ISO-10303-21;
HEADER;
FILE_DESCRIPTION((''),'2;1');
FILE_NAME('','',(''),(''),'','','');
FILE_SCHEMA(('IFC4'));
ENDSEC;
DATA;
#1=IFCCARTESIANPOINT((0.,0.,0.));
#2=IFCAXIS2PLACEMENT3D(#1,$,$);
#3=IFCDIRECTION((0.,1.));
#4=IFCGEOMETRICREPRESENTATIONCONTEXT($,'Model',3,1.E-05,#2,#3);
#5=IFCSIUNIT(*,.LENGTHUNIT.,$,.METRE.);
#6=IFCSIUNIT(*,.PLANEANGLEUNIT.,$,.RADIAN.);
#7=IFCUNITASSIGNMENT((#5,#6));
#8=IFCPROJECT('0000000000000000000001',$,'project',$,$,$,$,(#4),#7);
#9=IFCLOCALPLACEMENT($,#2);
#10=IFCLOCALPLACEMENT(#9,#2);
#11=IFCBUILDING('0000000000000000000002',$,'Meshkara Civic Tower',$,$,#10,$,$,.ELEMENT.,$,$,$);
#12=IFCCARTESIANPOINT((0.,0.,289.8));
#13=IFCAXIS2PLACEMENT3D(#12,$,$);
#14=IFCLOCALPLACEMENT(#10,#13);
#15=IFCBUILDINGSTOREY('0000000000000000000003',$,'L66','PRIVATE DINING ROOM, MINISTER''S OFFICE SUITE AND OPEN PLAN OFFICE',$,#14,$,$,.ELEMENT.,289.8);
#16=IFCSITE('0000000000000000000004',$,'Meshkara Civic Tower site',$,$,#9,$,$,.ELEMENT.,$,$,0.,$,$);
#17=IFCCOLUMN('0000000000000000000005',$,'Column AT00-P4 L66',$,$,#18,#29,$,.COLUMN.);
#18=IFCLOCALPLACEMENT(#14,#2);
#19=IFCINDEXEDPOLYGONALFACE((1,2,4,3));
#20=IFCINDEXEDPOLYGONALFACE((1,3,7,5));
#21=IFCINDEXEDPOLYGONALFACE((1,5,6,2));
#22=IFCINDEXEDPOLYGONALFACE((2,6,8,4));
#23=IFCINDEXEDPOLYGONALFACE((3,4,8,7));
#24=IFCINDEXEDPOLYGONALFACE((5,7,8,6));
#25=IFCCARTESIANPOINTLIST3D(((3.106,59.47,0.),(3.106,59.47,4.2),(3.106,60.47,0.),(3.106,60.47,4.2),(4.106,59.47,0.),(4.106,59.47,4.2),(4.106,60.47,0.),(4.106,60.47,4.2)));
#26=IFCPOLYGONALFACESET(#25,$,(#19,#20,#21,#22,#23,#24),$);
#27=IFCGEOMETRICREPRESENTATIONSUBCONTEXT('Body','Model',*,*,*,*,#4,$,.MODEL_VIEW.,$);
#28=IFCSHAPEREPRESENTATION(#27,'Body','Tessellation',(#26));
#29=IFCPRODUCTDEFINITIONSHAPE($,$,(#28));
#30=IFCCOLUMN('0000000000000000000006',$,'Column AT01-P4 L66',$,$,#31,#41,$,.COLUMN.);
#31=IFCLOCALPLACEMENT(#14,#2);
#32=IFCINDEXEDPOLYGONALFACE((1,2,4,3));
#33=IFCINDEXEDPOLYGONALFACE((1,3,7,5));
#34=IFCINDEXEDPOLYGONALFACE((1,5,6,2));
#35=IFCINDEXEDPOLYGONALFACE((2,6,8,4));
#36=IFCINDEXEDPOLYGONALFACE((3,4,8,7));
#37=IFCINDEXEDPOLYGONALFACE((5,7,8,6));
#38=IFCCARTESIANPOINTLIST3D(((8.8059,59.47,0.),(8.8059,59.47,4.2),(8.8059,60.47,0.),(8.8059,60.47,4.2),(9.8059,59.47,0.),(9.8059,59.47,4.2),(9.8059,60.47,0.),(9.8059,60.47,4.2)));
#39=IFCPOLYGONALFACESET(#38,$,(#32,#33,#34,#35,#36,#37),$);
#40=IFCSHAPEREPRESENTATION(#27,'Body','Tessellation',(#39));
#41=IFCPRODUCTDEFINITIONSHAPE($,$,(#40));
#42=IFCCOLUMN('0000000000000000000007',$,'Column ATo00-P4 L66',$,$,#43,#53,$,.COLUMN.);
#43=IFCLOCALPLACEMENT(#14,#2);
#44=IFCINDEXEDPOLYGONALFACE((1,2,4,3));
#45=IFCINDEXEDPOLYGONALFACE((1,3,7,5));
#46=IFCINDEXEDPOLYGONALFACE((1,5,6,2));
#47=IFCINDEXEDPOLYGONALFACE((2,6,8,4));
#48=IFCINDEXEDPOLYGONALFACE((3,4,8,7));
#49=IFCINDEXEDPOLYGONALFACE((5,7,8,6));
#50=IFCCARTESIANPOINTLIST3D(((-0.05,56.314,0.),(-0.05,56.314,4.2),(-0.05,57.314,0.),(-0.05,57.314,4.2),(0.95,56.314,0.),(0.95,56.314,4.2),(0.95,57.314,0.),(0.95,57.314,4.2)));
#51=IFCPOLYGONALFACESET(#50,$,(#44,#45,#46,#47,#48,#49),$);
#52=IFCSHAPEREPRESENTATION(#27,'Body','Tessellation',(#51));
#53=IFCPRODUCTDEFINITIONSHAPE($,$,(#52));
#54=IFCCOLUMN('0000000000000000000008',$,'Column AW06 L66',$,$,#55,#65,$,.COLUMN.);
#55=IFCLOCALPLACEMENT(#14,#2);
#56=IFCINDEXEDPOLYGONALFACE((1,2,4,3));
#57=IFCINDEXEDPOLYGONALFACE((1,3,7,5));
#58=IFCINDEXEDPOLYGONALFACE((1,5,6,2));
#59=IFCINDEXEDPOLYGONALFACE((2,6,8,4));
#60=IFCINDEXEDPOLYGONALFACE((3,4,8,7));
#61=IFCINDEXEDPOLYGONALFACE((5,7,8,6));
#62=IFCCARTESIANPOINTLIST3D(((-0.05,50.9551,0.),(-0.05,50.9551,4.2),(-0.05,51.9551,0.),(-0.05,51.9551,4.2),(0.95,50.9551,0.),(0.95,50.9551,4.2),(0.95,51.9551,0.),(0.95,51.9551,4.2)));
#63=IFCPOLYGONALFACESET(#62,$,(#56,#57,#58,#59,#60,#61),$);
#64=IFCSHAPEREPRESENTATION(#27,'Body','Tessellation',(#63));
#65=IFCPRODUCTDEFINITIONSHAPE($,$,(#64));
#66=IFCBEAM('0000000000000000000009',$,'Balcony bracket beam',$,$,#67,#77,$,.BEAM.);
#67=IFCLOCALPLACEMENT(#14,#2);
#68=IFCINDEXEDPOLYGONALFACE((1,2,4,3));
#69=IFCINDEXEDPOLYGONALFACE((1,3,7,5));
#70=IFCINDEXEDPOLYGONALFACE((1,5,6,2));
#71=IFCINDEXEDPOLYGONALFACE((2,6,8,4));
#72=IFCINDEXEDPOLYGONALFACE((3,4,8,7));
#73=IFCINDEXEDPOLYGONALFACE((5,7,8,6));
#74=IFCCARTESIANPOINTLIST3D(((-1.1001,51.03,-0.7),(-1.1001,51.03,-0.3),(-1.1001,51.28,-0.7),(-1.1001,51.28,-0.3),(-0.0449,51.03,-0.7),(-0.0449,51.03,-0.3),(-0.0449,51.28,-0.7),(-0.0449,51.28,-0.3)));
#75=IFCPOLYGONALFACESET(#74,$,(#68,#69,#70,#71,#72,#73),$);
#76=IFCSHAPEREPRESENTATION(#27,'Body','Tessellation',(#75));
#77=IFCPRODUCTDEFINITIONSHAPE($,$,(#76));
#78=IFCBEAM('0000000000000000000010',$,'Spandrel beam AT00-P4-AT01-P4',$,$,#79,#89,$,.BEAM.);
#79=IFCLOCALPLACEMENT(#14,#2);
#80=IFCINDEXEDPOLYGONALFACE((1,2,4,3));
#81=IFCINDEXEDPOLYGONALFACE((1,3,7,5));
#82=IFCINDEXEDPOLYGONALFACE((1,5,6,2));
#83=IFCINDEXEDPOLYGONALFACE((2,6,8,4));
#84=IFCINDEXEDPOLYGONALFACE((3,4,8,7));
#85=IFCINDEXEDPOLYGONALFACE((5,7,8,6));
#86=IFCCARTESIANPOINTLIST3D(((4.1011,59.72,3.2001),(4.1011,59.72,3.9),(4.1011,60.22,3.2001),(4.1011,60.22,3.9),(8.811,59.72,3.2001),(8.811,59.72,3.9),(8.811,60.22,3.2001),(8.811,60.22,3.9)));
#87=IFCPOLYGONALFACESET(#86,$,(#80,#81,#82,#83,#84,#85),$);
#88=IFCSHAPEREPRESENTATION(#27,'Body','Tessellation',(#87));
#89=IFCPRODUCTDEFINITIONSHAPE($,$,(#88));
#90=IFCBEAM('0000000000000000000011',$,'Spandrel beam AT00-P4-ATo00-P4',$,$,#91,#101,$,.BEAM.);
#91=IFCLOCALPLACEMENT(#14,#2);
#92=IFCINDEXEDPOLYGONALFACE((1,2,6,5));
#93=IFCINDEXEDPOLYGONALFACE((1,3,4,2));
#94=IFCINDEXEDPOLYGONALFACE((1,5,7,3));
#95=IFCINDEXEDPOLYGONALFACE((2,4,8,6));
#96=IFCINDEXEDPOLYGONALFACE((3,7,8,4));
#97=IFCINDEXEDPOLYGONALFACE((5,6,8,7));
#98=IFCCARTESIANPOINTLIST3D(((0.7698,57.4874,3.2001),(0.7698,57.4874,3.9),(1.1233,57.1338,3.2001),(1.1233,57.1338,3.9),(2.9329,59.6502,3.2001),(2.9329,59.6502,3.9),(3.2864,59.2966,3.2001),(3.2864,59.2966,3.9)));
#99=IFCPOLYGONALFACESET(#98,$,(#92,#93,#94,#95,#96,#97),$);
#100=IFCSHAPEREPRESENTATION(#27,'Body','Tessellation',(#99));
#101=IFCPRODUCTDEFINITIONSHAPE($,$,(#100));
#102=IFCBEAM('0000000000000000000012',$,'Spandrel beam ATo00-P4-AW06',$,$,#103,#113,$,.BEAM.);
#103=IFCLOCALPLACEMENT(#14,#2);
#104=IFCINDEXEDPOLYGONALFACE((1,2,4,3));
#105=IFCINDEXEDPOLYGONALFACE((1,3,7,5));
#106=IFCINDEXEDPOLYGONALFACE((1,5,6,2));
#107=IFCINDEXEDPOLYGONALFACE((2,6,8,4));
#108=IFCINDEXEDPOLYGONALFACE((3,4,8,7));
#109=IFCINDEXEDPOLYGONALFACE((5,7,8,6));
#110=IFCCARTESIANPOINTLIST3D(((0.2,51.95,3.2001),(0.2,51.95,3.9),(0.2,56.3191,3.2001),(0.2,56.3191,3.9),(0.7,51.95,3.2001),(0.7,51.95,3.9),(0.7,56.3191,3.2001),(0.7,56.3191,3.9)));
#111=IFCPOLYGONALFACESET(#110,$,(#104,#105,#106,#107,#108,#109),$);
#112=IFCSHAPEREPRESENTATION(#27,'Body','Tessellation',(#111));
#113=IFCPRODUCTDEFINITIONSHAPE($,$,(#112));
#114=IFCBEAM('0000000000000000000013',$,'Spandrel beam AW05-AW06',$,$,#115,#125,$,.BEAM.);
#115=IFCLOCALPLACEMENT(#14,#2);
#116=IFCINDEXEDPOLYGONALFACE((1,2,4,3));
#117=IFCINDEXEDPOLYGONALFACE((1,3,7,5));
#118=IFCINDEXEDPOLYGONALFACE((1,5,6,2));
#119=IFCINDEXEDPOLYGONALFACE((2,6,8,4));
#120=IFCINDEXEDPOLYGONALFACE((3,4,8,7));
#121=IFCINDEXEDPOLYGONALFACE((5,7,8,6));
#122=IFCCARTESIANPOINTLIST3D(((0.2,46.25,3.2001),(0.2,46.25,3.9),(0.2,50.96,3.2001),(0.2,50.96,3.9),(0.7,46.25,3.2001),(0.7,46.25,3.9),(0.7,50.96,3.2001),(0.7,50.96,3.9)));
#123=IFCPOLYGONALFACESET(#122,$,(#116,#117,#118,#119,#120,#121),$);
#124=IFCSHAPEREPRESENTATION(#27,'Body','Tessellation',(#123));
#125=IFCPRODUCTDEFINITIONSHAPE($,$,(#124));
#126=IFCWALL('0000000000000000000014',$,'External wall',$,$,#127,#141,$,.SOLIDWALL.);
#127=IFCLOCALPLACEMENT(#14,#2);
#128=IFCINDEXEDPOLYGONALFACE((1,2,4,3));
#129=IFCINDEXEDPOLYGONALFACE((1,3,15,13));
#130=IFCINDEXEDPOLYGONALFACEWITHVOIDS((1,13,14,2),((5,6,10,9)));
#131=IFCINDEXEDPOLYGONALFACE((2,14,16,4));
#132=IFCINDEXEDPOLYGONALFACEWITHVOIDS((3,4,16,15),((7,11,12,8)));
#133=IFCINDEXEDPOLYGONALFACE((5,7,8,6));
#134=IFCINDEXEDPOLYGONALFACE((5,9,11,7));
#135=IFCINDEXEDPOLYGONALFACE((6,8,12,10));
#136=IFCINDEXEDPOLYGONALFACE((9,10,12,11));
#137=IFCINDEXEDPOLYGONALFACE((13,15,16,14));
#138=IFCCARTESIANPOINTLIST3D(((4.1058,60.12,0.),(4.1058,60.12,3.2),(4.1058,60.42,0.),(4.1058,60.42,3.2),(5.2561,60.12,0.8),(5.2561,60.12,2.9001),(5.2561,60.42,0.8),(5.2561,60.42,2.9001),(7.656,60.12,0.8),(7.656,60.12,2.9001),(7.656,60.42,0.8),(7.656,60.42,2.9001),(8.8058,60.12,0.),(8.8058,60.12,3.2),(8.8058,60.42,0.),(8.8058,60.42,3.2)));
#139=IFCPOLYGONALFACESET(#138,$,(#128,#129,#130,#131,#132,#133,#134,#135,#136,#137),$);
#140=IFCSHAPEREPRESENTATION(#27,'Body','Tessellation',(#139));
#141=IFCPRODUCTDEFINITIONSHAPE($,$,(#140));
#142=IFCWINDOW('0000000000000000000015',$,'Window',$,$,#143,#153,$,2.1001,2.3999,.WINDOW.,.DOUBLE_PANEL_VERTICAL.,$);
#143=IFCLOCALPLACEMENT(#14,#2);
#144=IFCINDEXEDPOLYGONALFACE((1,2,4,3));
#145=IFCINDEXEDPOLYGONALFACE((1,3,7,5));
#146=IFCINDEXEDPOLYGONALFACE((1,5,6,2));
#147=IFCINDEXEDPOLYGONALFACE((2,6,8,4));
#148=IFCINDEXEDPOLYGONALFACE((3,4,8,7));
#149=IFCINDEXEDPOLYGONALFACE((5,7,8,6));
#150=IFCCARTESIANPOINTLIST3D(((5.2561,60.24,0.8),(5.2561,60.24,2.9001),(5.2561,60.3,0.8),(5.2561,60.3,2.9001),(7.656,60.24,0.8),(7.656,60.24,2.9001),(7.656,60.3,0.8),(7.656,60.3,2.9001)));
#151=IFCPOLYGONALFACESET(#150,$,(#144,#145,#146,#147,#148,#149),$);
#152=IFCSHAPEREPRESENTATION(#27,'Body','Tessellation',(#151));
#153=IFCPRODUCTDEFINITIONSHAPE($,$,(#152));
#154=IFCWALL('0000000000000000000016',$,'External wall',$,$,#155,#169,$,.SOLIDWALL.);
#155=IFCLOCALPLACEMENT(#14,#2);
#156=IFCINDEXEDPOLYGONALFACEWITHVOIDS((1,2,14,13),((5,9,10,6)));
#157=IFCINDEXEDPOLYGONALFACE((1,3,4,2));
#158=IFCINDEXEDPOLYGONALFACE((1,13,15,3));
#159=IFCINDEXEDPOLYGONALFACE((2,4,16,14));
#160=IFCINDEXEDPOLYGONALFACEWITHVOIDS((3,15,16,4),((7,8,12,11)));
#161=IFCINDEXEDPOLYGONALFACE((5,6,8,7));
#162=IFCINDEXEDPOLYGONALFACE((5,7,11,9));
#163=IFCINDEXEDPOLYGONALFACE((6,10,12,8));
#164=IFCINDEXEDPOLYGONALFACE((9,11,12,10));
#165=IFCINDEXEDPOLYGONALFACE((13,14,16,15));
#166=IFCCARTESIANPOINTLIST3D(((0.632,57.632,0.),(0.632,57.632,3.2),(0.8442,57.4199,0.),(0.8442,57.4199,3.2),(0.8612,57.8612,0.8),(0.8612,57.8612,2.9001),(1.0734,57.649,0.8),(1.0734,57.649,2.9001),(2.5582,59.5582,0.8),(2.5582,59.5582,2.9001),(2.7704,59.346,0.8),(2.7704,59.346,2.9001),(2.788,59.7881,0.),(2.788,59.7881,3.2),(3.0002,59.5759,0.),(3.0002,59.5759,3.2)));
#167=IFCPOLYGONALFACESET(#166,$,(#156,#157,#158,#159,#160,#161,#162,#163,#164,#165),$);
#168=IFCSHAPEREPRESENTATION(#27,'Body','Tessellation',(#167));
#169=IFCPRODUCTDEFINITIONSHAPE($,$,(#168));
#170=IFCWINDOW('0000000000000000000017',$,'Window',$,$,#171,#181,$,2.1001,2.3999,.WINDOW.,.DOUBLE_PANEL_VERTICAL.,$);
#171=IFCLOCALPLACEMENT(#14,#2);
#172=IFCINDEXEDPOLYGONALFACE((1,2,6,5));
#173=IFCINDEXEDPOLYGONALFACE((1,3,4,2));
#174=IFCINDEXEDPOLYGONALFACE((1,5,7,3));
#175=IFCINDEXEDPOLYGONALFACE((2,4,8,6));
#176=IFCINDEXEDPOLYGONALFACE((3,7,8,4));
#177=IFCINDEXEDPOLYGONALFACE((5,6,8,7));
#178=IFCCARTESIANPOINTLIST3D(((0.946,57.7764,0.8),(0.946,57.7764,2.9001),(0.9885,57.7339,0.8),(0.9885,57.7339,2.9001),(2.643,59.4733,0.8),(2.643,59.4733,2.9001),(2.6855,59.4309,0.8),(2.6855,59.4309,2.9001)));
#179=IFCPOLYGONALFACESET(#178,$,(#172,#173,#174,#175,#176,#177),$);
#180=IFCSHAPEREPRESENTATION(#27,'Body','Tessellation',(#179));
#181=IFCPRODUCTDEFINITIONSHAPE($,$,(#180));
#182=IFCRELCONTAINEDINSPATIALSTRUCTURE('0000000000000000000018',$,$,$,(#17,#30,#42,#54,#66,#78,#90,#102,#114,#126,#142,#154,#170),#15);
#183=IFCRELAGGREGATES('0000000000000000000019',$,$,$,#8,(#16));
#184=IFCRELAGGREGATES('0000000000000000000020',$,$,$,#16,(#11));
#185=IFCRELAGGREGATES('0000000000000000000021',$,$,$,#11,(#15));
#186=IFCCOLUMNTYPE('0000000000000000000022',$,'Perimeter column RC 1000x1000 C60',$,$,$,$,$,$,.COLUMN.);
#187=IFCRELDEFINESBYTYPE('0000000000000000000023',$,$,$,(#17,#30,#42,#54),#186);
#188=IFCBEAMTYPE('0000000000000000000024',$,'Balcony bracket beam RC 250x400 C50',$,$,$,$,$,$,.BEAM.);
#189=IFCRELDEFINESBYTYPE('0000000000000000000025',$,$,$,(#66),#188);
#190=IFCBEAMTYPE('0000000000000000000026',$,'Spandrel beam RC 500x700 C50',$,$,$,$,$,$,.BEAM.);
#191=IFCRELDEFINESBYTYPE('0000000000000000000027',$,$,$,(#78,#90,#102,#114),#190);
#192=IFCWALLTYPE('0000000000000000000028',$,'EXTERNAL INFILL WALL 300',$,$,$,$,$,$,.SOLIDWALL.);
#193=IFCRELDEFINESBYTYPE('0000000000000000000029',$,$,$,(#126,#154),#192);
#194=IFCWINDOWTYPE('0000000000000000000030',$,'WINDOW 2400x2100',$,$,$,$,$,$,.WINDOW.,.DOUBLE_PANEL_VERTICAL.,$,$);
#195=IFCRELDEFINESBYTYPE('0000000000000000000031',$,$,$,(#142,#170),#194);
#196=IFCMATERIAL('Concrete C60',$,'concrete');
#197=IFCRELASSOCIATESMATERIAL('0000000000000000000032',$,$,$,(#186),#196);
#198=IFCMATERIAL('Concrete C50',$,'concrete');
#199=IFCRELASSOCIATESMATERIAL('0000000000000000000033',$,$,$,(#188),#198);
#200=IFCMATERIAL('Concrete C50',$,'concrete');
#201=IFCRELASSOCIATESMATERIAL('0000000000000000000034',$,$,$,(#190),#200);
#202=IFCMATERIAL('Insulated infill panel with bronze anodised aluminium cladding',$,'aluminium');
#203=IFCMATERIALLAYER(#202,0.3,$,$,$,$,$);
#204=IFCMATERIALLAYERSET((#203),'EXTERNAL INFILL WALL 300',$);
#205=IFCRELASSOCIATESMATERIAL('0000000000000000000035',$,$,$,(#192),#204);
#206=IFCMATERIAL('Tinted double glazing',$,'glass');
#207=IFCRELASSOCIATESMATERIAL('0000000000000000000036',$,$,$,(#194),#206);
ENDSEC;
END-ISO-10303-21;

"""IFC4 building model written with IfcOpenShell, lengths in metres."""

from ifc_helpers import new_model, si_unit, direction, frame, frame_2d, origin, origin_2d, place, context, subcontext, project, spatial, rectangle, extrude, material, layer, layer_set, material_profile, profile_set, type_object, element, fill, save


model = new_model("IFC4")

# Units and contexts
model_context = context("Model", 3, precision=1e-05, world=origin(), true_north=direction((0.0, 1.0)))
body_context = subcontext(model_context, "Body", "Model", "MODEL_VIEW")
ifc_project = project(units=[si_unit("LENGTHUNIT", "METRE"), si_unit("PLANEANGLEUNIT", "RADIAN")], contexts=[model_context])

# Site, building, storey
site_placement = place(None, origin())
site = spatial("IfcSite", under=ifc_project, at=site_placement, Name="Meshkara Civic Tower site", CompositionType="ELEMENT", RefElevation=0.0)
building_placement = place(site_placement, origin())
building = spatial("IfcBuilding", under=site, at=building_placement, Name="Meshkara Civic Tower", CompositionType="ELEMENT")
storey_placement = place(building_placement, frame((0.0, 0.0, 289.8)))
storey = spatial("IfcBuildingStorey", under=building, at=storey_placement, Name="L66", Description="PRIVATE DINING ROOM, MINISTER'S OFFICE SUITE AND OPEN PLAN OFFICE", CompositionType="ELEMENT", Elevation=289.8)

# Columns
ifc_material_1 = material(Name="Concrete C60", Category="concrete")
ifc_material_profile_1 = material_profile(ifc_material_1, rectangle(XDim=1.0, YDim=1.0, at=origin_2d()))
ifc_profile_set_1 = profile_set([ifc_material_profile_1], Name="Concrete C60")
column_type = type_object("IfcColumnType", Name="Perimeter column RC 1000x1000 C60", PredefinedType="COLUMN", material=ifc_profile_set_1)
for number, where, z_axis, x_axis, name in (
    (1, (3.606, 59.97, 0.0), (0.0, 0.0, 1.0), (1.0, 0.0, 0.0), "Column AT00-P4 L66"),
    (2, (9.3059, 59.97, 0.0), (0.0, 0.0, 1.0), (1.0, 0.0, 0.0), "Column AT01-P4 L66"),
    (3, (0.45, 56.814, 0.0), (0.0, 0.0, 1.0), (1.0, 0.0, 0.0), "Column ATo00-P4 L66"),
    (4, (0.45, 51.4551, 0.0), (0.0, 0.0, 1.0), (1.0, 0.0, 0.0), "Column AW06 L66"),
):
    element("IfcColumn", number, at=place(storey_placement, frame(where, z_axis=z_axis, x_axis=x_axis)), inside=storey, type_object=column_type, Name=name, PredefinedType="COLUMN", context=body_context, shape_type="SweptSolid", body=[
        extrude(rectangle(XDim=1.0, YDim=1.0, at=origin_2d()), origin(), (0.0, 0.0, 1.0), 4.2),
    ])

# Beams
ifc_material_2 = material(Name="Concrete C50", Category="concrete")
ifc_material_profile_2 = material_profile(ifc_material_2, rectangle(XDim=0.25, YDim=0.3999, at=origin_2d()))
ifc_profile_set_2 = profile_set([ifc_material_profile_2], Name="Concrete C50")
beam_type_1 = type_object("IfcBeamType", Name="Balcony bracket beam RC 250x400 C50", PredefinedType="BEAM", material=ifc_profile_set_2)
beam_1_placement = place(storey_placement, frame((-0.0449, 51.155, -0.5), z_axis=(-1.0, 0.0, 0.0), x_axis=(0.0, -1.0, 0.0)))
element("IfcBeam", 5, at=beam_1_placement, inside=storey, type_object=beam_type_1, Name="Balcony bracket beam", PredefinedType="BEAM", context=body_context, shape_type="SweptSolid", body=[
    extrude(rectangle(XDim=0.25, YDim=0.3999, at=origin_2d()), origin(), (0.0, 0.0, 1.0), 1.0552),
])
ifc_material_3 = material(Name="Concrete C50", Category="concrete")
ifc_material_profile_3 = material_profile(ifc_material_3, rectangle(XDim=0.5, YDim=0.7, at=origin_2d()))
ifc_profile_set_3 = profile_set([ifc_material_profile_3], Name="Concrete C50")
beam_type_2 = type_object("IfcBeamType", Name="Spandrel beam RC 500x700 C50", PredefinedType="BEAM", material=ifc_profile_set_3)
beam_2_placement = place(storey_placement, frame((8.811, 59.97, 3.55), z_axis=(-1.0, 0.0, 0.0), x_axis=(0.0, -1.0, 0.0)))
element("IfcBeam", 6, at=beam_2_placement, inside=storey, type_object=beam_type_2, Name="Spandrel beam AT00-P4-AT01-P4", PredefinedType="BEAM", context=body_context, shape_type="SweptSolid", body=[
    extrude(rectangle(XDim=0.5, YDim=0.7, at=origin_2d()), origin(), (0.0, 0.0, 1.0), 4.71),
])
beam_3_placement = place(storey_placement, frame((3.1096, 59.4734, 3.55), z_axis=(-0.707147, -0.707067, 0.0), x_axis=(0.707067, -0.707147, 0.0)))
element("IfcBeam", 7, at=beam_3_placement, inside=storey, type_object=beam_type_2, Name="Spandrel beam AT00-P4-ATo00-P4", PredefinedType="BEAM", context=body_context, shape_type="SweptSolid", body=[
    extrude(rectangle(XDim=0.5, YDim=0.7, at=origin_2d()), origin(), (0.0, 0.0, 1.0), 3.0588),
])
beam_4_placement = place(storey_placement, frame((0.45, 56.3191, 3.55), z_axis=(0.0, -1.0, 0.0), x_axis=(1.0, 0.0, 0.0)))
element("IfcBeam", 8, at=beam_4_placement, inside=storey, type_object=beam_type_2, Name="Spandrel beam ATo00-P4-AW06", PredefinedType="BEAM", context=body_context, shape_type="SweptSolid", body=[
    extrude(rectangle(XDim=0.5, YDim=0.7, at=origin_2d()), origin(), (0.0, 0.0, 1.0), 4.3691),
])
beam_5_placement = place(storey_placement, frame((0.45, 50.96, 3.55), z_axis=(0.0, -1.0, 0.0), x_axis=(1.0, 0.0, 0.0)))
element("IfcBeam", 9, at=beam_5_placement, inside=storey, type_object=beam_type_2, Name="Spandrel beam AW05-AW06", PredefinedType="BEAM", context=body_context, shape_type="SweptSolid", body=[
    extrude(rectangle(XDim=0.5, YDim=0.7, at=origin_2d()), origin(), (0.0, 0.0, 1.0), 4.71),
])

# Walls, openings, windows
ifc_material_4 = material(Name="Insulated infill panel with bronze anodised aluminium cladding", Category="aluminium")
ifc_layer_1 = layer(ifc_material_4, 0.3)
ifc_layer_set_1 = layer_set([ifc_layer_1], Name="EXTERNAL INFILL WALL 300")
wall_type_1 = type_object("IfcWallType", Name="EXTERNAL INFILL WALL 300", PredefinedType="SOLIDWALL", material=ifc_layer_set_1)
wall_1_placement = place(storey_placement, frame((8.8059, 60.27, 0.0), z_axis=(0.0, 0.0, 1.0), x_axis=(-1.0, 0.0, 0.0)))
wall_1 = element("IfcWall", 10, at=wall_1_placement, inside=storey, type_object=wall_type_1, Name="External wall", PredefinedType="SOLIDWALL", context=body_context, shape_type="SweptSolid", body=[
    extrude(rectangle(XDim=4.7, YDim=0.3, at=frame_2d((2.3501, 0.0))), origin(), (0.0, 0.0, 1.0), 3.2),
])
opening_1_placement = place(wall_1_placement, frame((1.1499, 0.0, 0.8)))
opening_1 = element("IfcOpeningElement", 11, at=opening_1_placement, cuts=wall_1, PredefinedType="OPENING", context=body_context, shape_type="SweptSolid", body=[
    extrude(rectangle(XDim=2.3999, YDim=2.1001, at=frame_2d((1.2, 1.05))), frame((0.0, 0.1599, 0.0), z_axis=(0.0, -1.0, 0.0), x_axis=(1.0, 0.0, 0.0)), (0.0, 0.0, 1.0), 0.3201),
])
ifc_material_5 = material(Name="Tinted double glazing", Category="glass")
window_type = type_object("IfcWindowType", Name="WINDOW 2400x2100", PartitioningType="DOUBLE_PANEL_VERTICAL", PredefinedType="WINDOW", material=ifc_material_5)
window_1_placement = place(opening_1_placement, origin())
window_1 = element("IfcWindow", 12, at=window_1_placement, inside=storey, type_object=window_type, Name="Window", OverallHeight=2.1001, OverallWidth=2.3999, PartitioningType="DOUBLE_PANEL_VERTICAL", PredefinedType="WINDOW", context=body_context, shape_type="SweptSolid", body=[
    extrude(rectangle(XDim=2.3999, YDim=2.1001, at=frame_2d((1.2, 1.05))), frame((0.0, 0.03, 0.0), z_axis=(0.0, -1.0, 0.0), x_axis=(1.0, 0.0, 0.0)), (0.0, 0.0, 1.0), 0.0601),
])
fill(opening_1, window_1)
wall_2_placement = place(storey_placement, frame((2.894, 59.6819, 0.0), z_axis=(0.0, 0.0, 1.0), x_axis=(-0.707107, -0.707107, 0.0)))
wall_2 = element("IfcWall", 13, at=wall_2_placement, inside=storey, type_object=wall_type_1, Name="External wall", PredefinedType="SOLIDWALL", context=body_context, shape_type="SweptSolid", body=[
    extrude(rectangle(XDim=3.0491, YDim=0.3, at=frame_2d((1.5244, 0.0))), origin(), (0.0, 0.0, 1.0), 3.2),
])
opening_2_placement = place(wall_2_placement, frame((0.325, 0.0, 0.8)))
opening_2 = element("IfcOpeningElement", 14, at=opening_2_placement, cuts=wall_2, PredefinedType="OPENING", context=body_context, shape_type="SweptSolid", body=[
    extrude(rectangle(XDim=2.3999, YDim=2.1001, at=frame_2d((1.2, 1.05))), frame((0.0, 0.1599, 0.0), z_axis=(0.0, -1.0, 0.0), x_axis=(1.0, 0.0, 0.0)), (0.0, 0.0, 1.0), 0.3201),
])
window_2_placement = place(opening_2_placement, origin())
window_2 = element("IfcWindow", 15, at=window_2_placement, inside=storey, type_object=window_type, Name="Window", OverallHeight=2.1001, OverallWidth=2.3999, PartitioningType="DOUBLE_PANEL_VERTICAL", PredefinedType="WINDOW", context=body_context, shape_type="SweptSolid", body=[
    extrude(rectangle(XDim=2.3999, YDim=2.1001, at=frame_2d((1.2, 1.05))), frame((0.0, 0.03, 0.0), z_axis=(0.0, -1.0, 0.0), x_axis=(1.0, 0.0, 0.0)), (0.0, 0.0, 1.0), 0.0601),
])
fill(opening_2, window_2)

save(model, "model.ifc")
